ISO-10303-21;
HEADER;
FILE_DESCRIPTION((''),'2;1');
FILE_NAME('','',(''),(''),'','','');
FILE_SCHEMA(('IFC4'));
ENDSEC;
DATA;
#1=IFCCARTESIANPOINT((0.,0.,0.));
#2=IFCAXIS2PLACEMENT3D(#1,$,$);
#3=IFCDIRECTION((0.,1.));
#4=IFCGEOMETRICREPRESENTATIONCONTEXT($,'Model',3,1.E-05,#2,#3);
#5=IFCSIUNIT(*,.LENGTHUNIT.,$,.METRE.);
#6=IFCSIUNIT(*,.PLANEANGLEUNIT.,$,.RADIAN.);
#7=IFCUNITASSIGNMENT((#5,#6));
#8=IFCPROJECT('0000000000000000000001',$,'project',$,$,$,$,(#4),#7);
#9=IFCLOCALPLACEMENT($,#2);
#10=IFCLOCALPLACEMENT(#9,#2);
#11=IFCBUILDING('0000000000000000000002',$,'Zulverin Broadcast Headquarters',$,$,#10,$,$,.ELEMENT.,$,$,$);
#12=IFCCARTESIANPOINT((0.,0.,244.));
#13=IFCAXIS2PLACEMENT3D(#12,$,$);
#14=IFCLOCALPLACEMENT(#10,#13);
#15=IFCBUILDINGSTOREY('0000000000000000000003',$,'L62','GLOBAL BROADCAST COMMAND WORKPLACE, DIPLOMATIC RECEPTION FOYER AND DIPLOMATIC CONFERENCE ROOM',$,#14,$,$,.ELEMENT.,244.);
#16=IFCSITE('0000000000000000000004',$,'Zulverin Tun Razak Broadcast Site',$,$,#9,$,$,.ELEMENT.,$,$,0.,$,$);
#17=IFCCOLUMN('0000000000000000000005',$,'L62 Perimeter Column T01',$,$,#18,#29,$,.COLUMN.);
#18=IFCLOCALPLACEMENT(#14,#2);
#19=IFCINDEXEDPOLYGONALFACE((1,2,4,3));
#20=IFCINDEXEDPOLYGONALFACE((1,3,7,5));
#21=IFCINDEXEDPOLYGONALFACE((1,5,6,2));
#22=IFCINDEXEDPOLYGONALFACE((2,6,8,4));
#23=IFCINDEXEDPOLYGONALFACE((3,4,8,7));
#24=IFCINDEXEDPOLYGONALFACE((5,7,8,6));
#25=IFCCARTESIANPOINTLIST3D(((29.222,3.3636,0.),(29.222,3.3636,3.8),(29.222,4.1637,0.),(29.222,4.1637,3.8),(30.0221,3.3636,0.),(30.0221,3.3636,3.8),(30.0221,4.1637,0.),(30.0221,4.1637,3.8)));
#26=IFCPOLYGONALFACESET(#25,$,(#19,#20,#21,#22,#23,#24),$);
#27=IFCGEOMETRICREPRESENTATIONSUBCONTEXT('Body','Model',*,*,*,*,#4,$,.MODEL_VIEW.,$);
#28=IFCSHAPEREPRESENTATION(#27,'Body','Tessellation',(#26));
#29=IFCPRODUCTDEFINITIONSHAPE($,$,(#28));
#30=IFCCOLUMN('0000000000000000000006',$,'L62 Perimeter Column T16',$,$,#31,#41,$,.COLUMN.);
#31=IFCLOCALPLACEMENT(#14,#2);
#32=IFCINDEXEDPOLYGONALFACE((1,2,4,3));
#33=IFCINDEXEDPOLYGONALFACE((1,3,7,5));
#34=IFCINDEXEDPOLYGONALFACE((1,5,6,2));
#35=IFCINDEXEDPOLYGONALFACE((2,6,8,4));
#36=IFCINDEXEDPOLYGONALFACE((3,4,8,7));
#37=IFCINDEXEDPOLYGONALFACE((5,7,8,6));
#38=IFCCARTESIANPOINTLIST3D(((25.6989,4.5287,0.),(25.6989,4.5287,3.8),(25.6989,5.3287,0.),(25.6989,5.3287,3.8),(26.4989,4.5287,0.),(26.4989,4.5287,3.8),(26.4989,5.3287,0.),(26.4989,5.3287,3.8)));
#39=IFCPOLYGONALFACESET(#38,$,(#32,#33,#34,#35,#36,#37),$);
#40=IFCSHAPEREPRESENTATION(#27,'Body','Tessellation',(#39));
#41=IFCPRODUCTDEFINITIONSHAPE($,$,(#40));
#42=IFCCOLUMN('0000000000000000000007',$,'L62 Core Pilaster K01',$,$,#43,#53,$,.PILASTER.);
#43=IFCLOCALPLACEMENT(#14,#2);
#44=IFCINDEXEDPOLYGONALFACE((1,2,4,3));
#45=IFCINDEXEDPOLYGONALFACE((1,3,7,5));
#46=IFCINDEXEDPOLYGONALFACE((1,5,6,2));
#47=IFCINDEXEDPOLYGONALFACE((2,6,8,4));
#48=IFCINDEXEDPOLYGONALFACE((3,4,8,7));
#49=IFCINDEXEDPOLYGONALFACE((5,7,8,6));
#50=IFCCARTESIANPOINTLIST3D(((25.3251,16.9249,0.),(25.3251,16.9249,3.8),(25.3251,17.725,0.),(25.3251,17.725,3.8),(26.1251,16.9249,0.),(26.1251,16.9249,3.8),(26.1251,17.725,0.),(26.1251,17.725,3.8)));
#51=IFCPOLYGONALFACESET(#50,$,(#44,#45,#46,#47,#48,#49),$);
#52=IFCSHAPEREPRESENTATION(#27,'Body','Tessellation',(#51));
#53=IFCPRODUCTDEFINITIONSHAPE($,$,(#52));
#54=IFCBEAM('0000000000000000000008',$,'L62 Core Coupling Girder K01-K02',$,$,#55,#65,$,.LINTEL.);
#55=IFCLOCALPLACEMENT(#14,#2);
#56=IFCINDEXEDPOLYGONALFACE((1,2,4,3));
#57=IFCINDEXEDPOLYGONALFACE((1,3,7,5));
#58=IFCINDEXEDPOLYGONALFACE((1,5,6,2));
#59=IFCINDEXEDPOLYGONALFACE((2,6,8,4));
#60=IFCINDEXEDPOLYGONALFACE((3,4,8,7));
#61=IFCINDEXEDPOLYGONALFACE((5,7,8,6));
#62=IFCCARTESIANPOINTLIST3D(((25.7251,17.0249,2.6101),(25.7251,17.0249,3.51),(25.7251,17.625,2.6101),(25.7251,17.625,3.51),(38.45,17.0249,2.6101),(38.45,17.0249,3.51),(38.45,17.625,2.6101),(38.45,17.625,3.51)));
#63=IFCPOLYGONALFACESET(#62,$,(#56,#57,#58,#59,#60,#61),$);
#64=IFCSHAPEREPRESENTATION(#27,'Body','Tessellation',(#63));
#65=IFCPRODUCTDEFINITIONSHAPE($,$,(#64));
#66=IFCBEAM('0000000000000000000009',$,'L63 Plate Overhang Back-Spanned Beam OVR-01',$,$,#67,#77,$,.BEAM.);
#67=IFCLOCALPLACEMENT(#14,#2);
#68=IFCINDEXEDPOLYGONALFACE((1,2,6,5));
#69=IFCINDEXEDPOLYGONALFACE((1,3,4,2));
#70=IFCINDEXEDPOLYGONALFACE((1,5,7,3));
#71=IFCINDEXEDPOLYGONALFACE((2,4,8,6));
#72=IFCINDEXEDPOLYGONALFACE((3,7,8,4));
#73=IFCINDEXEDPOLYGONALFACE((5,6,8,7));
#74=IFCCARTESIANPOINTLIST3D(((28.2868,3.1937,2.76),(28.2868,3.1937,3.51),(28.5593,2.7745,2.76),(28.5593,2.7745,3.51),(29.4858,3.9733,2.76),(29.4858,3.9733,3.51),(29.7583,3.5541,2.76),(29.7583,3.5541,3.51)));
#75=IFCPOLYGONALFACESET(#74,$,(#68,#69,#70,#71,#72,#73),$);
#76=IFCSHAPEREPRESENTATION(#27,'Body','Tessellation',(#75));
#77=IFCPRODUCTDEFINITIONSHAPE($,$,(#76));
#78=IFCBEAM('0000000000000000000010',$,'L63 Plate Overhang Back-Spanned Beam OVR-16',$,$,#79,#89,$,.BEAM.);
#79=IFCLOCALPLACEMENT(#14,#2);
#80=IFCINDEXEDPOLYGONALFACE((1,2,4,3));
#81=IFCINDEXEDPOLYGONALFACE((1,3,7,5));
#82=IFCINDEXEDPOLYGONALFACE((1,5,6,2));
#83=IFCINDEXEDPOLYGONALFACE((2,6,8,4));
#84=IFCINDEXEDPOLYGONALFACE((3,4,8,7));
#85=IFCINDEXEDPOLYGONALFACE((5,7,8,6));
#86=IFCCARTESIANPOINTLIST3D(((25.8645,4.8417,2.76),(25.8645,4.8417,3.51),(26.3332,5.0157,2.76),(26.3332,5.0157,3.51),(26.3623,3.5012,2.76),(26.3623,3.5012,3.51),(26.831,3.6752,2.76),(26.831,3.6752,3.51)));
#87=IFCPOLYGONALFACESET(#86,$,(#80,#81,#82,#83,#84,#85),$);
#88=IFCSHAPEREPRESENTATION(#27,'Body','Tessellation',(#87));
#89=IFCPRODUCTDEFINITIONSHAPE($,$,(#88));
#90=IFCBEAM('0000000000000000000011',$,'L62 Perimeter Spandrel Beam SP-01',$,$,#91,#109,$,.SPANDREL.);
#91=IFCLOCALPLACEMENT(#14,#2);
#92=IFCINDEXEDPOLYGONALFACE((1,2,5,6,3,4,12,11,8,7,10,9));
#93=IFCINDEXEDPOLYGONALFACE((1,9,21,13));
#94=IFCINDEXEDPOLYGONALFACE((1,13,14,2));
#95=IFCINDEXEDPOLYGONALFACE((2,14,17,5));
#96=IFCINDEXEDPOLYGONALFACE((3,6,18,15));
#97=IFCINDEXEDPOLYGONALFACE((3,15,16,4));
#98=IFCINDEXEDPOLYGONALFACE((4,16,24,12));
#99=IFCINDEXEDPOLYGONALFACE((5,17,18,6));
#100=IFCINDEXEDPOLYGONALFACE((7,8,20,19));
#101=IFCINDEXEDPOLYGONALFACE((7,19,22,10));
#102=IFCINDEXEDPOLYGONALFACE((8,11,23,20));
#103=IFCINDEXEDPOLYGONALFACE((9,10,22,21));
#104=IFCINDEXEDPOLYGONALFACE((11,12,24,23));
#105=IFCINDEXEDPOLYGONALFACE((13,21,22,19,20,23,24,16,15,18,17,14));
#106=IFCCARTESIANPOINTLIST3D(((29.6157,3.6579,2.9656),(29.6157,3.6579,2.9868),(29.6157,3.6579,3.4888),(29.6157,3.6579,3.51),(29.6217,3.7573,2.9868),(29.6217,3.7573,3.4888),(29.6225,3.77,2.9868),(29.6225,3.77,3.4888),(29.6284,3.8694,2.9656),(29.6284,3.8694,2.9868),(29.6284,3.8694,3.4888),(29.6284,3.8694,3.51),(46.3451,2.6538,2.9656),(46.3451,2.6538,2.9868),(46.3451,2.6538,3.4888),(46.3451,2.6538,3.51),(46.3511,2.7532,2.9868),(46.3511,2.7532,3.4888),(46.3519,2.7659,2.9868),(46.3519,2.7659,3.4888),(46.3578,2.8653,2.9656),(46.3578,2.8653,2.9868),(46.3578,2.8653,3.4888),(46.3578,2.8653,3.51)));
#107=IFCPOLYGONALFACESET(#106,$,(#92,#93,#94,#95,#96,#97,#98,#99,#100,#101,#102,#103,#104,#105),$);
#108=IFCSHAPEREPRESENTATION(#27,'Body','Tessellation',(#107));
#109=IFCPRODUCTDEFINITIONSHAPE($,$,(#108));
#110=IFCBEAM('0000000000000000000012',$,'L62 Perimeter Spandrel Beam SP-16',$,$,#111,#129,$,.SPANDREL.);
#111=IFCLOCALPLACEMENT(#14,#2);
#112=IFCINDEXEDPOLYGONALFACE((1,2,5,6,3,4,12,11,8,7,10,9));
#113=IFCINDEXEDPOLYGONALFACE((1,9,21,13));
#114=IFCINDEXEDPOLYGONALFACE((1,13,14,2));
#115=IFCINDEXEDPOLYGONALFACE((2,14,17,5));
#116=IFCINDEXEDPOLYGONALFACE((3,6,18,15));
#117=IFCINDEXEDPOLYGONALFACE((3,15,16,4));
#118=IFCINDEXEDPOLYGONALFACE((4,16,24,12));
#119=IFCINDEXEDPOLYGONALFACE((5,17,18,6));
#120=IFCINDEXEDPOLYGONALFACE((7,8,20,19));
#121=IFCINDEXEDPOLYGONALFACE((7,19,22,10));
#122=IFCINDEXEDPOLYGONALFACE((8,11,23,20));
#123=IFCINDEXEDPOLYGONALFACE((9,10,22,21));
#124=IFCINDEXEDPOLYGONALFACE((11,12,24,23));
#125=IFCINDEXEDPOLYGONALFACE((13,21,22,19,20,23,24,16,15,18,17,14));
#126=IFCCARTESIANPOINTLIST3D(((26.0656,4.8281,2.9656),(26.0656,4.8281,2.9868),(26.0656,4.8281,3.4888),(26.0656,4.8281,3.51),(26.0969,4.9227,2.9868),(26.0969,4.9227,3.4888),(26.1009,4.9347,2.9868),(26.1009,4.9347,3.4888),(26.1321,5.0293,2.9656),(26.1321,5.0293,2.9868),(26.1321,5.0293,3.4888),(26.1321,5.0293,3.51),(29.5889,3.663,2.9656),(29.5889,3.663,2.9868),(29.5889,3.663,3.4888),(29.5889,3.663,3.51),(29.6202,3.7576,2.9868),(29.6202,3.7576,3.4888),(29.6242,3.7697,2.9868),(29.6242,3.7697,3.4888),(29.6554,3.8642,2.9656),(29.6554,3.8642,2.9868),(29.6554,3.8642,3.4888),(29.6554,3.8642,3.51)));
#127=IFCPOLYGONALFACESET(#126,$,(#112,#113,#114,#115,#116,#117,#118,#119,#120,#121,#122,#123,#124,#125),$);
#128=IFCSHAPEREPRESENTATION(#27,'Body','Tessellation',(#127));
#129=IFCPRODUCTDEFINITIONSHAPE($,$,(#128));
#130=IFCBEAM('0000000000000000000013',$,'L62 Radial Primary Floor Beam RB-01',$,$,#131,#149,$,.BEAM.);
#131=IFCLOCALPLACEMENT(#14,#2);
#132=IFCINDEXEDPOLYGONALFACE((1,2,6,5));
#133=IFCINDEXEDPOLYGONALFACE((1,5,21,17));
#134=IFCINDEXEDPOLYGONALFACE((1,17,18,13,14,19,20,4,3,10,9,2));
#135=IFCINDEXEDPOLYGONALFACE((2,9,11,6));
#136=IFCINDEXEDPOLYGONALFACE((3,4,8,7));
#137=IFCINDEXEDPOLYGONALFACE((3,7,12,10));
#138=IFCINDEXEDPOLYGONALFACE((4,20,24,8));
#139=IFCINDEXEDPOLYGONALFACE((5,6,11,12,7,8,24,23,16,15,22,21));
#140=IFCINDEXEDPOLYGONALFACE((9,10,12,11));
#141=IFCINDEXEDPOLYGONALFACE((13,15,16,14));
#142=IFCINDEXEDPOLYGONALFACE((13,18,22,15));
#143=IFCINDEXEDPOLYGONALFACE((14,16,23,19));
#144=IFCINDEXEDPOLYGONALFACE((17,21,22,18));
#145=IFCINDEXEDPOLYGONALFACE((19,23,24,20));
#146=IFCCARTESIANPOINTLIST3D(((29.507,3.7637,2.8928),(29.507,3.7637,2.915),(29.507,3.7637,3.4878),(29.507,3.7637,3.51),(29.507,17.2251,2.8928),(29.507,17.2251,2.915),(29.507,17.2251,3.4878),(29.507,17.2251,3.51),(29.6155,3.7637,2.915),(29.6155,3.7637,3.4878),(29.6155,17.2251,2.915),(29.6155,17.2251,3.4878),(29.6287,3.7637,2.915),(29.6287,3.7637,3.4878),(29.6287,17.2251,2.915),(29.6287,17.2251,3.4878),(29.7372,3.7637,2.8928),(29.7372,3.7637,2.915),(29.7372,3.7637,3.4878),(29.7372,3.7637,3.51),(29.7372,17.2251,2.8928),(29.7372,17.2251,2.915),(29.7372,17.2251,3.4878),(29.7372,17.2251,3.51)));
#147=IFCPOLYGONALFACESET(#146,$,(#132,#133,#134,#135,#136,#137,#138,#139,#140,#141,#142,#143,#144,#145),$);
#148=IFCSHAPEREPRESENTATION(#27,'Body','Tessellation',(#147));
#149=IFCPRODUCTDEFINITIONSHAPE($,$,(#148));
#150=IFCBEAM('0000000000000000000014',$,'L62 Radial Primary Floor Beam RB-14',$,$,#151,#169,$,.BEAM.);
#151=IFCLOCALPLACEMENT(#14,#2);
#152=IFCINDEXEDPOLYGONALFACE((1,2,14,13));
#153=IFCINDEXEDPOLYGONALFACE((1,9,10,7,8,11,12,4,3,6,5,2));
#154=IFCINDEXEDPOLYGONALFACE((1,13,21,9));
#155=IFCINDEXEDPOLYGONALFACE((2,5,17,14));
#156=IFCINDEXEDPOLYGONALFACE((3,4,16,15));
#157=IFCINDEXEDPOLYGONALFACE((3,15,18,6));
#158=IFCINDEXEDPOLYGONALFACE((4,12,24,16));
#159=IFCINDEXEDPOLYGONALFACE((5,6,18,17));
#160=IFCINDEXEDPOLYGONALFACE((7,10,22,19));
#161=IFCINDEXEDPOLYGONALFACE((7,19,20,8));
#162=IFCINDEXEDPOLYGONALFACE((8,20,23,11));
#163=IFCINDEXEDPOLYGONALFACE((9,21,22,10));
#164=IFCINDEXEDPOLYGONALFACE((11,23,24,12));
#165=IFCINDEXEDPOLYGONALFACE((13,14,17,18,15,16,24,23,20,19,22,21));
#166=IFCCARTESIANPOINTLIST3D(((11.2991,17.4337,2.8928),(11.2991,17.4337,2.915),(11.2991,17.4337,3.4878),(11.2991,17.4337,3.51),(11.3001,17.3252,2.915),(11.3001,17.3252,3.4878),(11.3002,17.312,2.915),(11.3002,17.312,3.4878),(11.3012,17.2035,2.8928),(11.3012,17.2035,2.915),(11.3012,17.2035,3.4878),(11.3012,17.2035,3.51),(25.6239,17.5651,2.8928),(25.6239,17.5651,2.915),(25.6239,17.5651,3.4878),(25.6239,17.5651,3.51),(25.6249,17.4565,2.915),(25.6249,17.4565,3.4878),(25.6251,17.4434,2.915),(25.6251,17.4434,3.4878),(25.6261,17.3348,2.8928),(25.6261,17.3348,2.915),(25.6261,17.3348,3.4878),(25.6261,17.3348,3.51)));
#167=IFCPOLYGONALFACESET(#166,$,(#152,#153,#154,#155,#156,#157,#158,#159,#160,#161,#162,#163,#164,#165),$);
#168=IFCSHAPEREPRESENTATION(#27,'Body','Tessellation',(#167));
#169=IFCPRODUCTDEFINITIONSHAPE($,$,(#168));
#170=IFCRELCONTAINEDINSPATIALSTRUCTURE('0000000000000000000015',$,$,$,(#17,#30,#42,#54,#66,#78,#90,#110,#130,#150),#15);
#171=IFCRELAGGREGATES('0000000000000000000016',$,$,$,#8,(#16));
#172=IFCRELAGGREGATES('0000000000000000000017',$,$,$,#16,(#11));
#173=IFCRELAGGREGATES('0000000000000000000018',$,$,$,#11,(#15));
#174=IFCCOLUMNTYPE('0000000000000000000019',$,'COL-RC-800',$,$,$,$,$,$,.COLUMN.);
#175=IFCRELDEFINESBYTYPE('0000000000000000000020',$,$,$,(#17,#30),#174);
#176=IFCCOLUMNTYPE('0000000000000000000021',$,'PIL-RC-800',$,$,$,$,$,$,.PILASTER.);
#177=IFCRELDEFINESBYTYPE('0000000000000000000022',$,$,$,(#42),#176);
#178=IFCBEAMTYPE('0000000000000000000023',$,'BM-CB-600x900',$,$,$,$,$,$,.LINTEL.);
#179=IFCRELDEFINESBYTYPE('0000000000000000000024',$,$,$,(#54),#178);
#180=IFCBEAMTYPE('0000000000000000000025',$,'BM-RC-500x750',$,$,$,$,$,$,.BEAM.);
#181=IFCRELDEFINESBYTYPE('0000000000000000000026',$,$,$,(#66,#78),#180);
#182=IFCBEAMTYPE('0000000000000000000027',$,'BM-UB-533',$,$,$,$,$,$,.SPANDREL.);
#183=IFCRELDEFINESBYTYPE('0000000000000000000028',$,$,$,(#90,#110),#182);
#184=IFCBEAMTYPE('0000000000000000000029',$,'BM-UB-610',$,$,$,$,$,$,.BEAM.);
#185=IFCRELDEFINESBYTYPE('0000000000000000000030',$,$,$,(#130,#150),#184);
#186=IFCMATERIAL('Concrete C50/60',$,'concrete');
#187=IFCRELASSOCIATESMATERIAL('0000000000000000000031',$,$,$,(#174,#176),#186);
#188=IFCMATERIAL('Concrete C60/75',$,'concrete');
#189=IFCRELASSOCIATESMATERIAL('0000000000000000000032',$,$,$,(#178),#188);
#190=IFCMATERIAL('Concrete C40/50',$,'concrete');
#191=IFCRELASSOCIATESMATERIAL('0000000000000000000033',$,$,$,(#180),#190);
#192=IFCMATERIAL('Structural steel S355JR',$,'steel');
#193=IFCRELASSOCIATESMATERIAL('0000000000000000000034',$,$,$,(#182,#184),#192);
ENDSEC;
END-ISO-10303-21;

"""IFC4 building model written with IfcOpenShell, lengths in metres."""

from ifc_helpers import new_model, si_unit, direction, frame, origin, origin_2d, place, context, subcontext, project, spatial, rectangle, i_section, extrude, material, material_profile, profile_set, type_object, element, save


model = new_model("IFC4")

# Units and contexts
model_context = context("Model", 3, precision=1e-05, world=origin(), true_north=direction((0.0, 1.0)))
body_context = subcontext(model_context, "Body", "Model", "MODEL_VIEW")
ifc_project = project(units=[si_unit("LENGTHUNIT", "METRE"), si_unit("PLANEANGLEUNIT", "RADIAN")], contexts=[model_context])

# Site, building, storey
site_placement = place(None, origin())
site = spatial("IfcSite", under=ifc_project, at=site_placement, Name="Zulverin Tun Razak Broadcast Site", CompositionType="ELEMENT", RefElevation=0.0)
building_placement = place(site_placement, origin())
building = spatial("IfcBuilding", under=site, at=building_placement, Name="Zulverin Broadcast Headquarters", CompositionType="ELEMENT")
storey_placement = place(building_placement, frame((0.0, 0.0, 244.0)))
storey = spatial("IfcBuildingStorey", under=building, at=storey_placement, Name="L62", Description="GLOBAL BROADCAST COMMAND WORKPLACE, DIPLOMATIC RECEPTION FOYER AND DIPLOMATIC CONFERENCE ROOM", CompositionType="ELEMENT", Elevation=244.0)

# Columns
ifc_material_1 = material(Name="Concrete C50/60", Category="concrete")
ifc_material_profile_1 = material_profile(ifc_material_1, rectangle(XDim=0.8, YDim=0.8, at=origin_2d()), Name="Concrete C50/60", Category="concrete")
ifc_profile_set_1 = profile_set([ifc_material_profile_1], Name="Concrete C50/60")
column_type_1 = type_object("IfcColumnType", Name="COL-RC-800", PredefinedType="COLUMN", material=ifc_profile_set_1)
for number, where, z_axis, x_axis, name in (
    (1, (29.6221, 3.7637, 0.0), (0.0, 0.0, 1.0), (1.0, 0.0, 0.0), "L62 Perimeter Column T01"),
    (2, (26.0989, 4.9287, 0.0), (0.0, 0.0, 1.0), (1.0, 0.0, 0.0), "L62 Perimeter Column T16"),
):
    element("IfcColumn", number, at=place(storey_placement, frame(where, z_axis=z_axis, x_axis=x_axis)), inside=storey, type_object=column_type_1, Name=name, PredefinedType="COLUMN", context=body_context, shape_type="SweptSolid", body=[
        extrude(rectangle(XDim=0.8, YDim=0.8, at=origin_2d()), origin(), (0.0, 0.0, 1.0), 3.8),
    ])
ifc_material_profile_2 = material_profile(ifc_material_1, rectangle(XDim=0.8, YDim=0.8, at=origin_2d()), Name="Concrete C50/60", Category="concrete")
ifc_profile_set_2 = profile_set([ifc_material_profile_2], Name="Concrete C50/60")
column_type_2 = type_object("IfcColumnType", Name="PIL-RC-800", PredefinedType="PILASTER", material=ifc_profile_set_2)
column_placement = place(storey_placement, frame((25.7251, 17.325, 0.0), z_axis=(0.0, 0.0, 1.0), x_axis=(1.0, 0.0, 0.0)))
element("IfcColumn", 3, at=column_placement, inside=storey, type_object=column_type_2, Name="L62 Core Pilaster K01", PredefinedType="PILASTER", context=body_context, shape_type="SweptSolid", body=[
    extrude(rectangle(XDim=0.8, YDim=0.8, at=origin_2d()), origin(), (0.0, 0.0, 1.0), 3.8),
])

# Beams
ifc_material_2 = material(Name="Concrete C60/75", Category="concrete")
ifc_material_profile_3 = material_profile(ifc_material_2, rectangle(XDim=0.6001, YDim=0.8999, at=origin_2d()), Name="Concrete C60/75", Category="concrete")
ifc_profile_set_3 = profile_set([ifc_material_profile_3], Name="Concrete C60/75")
beam_type_1 = type_object("IfcBeamType", Name="BM-CB-600x900", PredefinedType="LINTEL", material=ifc_profile_set_3)
beam_1_placement = place(storey_placement, frame((25.7251, 17.325, 3.0601), z_axis=(1.0, 0.0, 0.0), x_axis=(0.0, 1.0, 0.0)))
element("IfcBeam", 4, at=beam_1_placement, inside=storey, type_object=beam_type_1, Name="L62 Core Coupling Girder K01-K02", PredefinedType="LINTEL", context=body_context, shape_type="SweptSolid", body=[
    extrude(rectangle(XDim=0.6001, YDim=0.8999, at=origin_2d()), origin(), (0.0, 0.0, 1.0), 12.7249),
])
ifc_material_3 = material(Name="Concrete C40/50", Category="concrete")
ifc_material_profile_4 = material_profile(ifc_material_3, rectangle(XDim=0.5, YDim=0.75, at=origin_2d()), Name="Concrete C40/50", Category="concrete")
ifc_profile_set_4 = profile_set([ifc_material_profile_4], Name="Concrete C40/50")
beam_type_2 = type_object("IfcBeamType", Name="BM-RC-500x750", PredefinedType="BEAM", material=ifc_profile_set_4)
beam_2_placement = place(storey_placement, frame((29.6221, 3.7637, 3.135), z_axis=(-0.838377, -0.54509, 0.0), x_axis=(0.54509, -0.838377, 0.0)))
element("IfcBeam", 5, at=beam_2_placement, inside=storey, type_object=beam_type_2, Name="L63 Plate Overhang Back-Spanned Beam OVR-01", PredefinedType="BEAM", context=body_context, shape_type="SweptSolid", body=[
    extrude(rectangle(XDim=0.5, YDim=0.75, at=origin_2d()), origin(), (0.0, 0.0, 1.0), 1.4302),
])
beam_3_placement = place(storey_placement, frame((26.0989, 4.9287, 3.135), z_axis=(0.348109, -0.937454, 0.0), x_axis=(0.937454, 0.348109, 0.0)))
element("IfcBeam", 6, at=beam_3_placement, inside=storey, type_object=beam_type_2, Name="L63 Plate Overhang Back-Spanned Beam OVR-16", PredefinedType="BEAM", context=body_context, shape_type="SweptSolid", body=[
    extrude(rectangle(XDim=0.5, YDim=0.75, at=origin_2d()), origin(), (0.0, 0.0, 1.0), 1.4299),
])
ifc_material_4 = material(Name="Structural steel S355JR", Category="steel")
ifc_material_profile_5 = material_profile(ifc_material_4, i_section(OverallWidth=0.2119, OverallDepth=0.5444, WebThickness=0.0127, FlangeThickness=0.0212, at=origin_2d()), Name="Structural steel S355JR", Category="steel")
ifc_profile_set_5 = profile_set([ifc_material_profile_5], Name="Structural steel S355JR")
beam_type_3 = type_object("IfcBeamType", Name="BM-UB-533", PredefinedType="SPANDREL", material=ifc_profile_set_5)
beam_4_placement = place(storey_placement, frame((29.6221, 3.7637, 3.2378), z_axis=(0.998203, -0.059915, 0.0), x_axis=(0.059915, 0.998203, 0.0)))
element("IfcBeam", 7, at=beam_4_placement, inside=storey, type_object=beam_type_3, Name="L62 Perimeter Spandrel Beam SP-01", PredefinedType="SPANDREL", context=body_context, shape_type="SweptSolid", body=[
    extrude(i_section(OverallWidth=0.2119, OverallDepth=0.5444, WebThickness=0.0127, FlangeThickness=0.0212, at=origin_2d()), origin(), (0.0, 0.0, 1.0), 16.7595),
])
beam_5_placement = place(storey_placement, frame((26.0989, 4.9287, 3.2378), z_axis=(0.949437, -0.313957, 0.0), x_axis=(0.313957, 0.949437, 0.0)))
element("IfcBeam", 8, at=beam_5_placement, inside=storey, type_object=beam_type_3, Name="L62 Perimeter Spandrel Beam SP-16", PredefinedType="SPANDREL", context=body_context, shape_type="SweptSolid", body=[
    extrude(i_section(OverallWidth=0.2119, OverallDepth=0.5444, WebThickness=0.0127, FlangeThickness=0.0212, at=origin_2d()), origin(), (0.0, 0.0, 1.0), 3.7109),
])
ifc_material_profile_6 = material_profile(ifc_material_4, i_section(OverallWidth=0.2302, OverallDepth=0.6172, WebThickness=0.0132, FlangeThickness=0.0222, at=origin_2d()), Name="Structural steel S355JR", Category="steel")
ifc_profile_set_6 = profile_set([ifc_material_profile_6], Name="Structural steel S355JR")
beam_type_4 = type_object("IfcBeamType", Name="BM-UB-610", PredefinedType="BEAM", material=ifc_profile_set_6)
beam_6_placement = place(storey_placement, frame((29.6221, 17.2251, 3.2014), z_axis=(0.0, -1.0, 0.0), x_axis=(1.0, 0.0, 0.0)))
element("IfcBeam", 9, at=beam_6_placement, inside=storey, type_object=beam_type_4, Name="L62 Radial Primary Floor Beam RB-01", PredefinedType="BEAM", context=body_context, shape_type="SweptSolid", body=[
    extrude(i_section(OverallWidth=0.2302, OverallDepth=0.6172, WebThickness=0.0132, FlangeThickness=0.0222, at=origin_2d()), origin(), (0.0, 0.0, 1.0), 13.4614),
])
beam_7_placement = place(storey_placement, frame((25.625, 17.45, 3.2014), z_axis=(-0.999958, -0.009169, 0.0), x_axis=(0.009169, -0.999958, 0.0)))
element("IfcBeam", 10, at=beam_7_placement, inside=storey, type_object=beam_type_4, Name="L62 Radial Primary Floor Beam RB-14", PredefinedType="BEAM", context=body_context, shape_type="SweptSolid", body=[
    extrude(i_section(OverallWidth=0.2302, OverallDepth=0.6172, WebThickness=0.0132, FlangeThickness=0.0222, at=origin_2d()), origin(), (0.0, 0.0, 1.0), 14.3254),
])

save(model, "model.ifc")
